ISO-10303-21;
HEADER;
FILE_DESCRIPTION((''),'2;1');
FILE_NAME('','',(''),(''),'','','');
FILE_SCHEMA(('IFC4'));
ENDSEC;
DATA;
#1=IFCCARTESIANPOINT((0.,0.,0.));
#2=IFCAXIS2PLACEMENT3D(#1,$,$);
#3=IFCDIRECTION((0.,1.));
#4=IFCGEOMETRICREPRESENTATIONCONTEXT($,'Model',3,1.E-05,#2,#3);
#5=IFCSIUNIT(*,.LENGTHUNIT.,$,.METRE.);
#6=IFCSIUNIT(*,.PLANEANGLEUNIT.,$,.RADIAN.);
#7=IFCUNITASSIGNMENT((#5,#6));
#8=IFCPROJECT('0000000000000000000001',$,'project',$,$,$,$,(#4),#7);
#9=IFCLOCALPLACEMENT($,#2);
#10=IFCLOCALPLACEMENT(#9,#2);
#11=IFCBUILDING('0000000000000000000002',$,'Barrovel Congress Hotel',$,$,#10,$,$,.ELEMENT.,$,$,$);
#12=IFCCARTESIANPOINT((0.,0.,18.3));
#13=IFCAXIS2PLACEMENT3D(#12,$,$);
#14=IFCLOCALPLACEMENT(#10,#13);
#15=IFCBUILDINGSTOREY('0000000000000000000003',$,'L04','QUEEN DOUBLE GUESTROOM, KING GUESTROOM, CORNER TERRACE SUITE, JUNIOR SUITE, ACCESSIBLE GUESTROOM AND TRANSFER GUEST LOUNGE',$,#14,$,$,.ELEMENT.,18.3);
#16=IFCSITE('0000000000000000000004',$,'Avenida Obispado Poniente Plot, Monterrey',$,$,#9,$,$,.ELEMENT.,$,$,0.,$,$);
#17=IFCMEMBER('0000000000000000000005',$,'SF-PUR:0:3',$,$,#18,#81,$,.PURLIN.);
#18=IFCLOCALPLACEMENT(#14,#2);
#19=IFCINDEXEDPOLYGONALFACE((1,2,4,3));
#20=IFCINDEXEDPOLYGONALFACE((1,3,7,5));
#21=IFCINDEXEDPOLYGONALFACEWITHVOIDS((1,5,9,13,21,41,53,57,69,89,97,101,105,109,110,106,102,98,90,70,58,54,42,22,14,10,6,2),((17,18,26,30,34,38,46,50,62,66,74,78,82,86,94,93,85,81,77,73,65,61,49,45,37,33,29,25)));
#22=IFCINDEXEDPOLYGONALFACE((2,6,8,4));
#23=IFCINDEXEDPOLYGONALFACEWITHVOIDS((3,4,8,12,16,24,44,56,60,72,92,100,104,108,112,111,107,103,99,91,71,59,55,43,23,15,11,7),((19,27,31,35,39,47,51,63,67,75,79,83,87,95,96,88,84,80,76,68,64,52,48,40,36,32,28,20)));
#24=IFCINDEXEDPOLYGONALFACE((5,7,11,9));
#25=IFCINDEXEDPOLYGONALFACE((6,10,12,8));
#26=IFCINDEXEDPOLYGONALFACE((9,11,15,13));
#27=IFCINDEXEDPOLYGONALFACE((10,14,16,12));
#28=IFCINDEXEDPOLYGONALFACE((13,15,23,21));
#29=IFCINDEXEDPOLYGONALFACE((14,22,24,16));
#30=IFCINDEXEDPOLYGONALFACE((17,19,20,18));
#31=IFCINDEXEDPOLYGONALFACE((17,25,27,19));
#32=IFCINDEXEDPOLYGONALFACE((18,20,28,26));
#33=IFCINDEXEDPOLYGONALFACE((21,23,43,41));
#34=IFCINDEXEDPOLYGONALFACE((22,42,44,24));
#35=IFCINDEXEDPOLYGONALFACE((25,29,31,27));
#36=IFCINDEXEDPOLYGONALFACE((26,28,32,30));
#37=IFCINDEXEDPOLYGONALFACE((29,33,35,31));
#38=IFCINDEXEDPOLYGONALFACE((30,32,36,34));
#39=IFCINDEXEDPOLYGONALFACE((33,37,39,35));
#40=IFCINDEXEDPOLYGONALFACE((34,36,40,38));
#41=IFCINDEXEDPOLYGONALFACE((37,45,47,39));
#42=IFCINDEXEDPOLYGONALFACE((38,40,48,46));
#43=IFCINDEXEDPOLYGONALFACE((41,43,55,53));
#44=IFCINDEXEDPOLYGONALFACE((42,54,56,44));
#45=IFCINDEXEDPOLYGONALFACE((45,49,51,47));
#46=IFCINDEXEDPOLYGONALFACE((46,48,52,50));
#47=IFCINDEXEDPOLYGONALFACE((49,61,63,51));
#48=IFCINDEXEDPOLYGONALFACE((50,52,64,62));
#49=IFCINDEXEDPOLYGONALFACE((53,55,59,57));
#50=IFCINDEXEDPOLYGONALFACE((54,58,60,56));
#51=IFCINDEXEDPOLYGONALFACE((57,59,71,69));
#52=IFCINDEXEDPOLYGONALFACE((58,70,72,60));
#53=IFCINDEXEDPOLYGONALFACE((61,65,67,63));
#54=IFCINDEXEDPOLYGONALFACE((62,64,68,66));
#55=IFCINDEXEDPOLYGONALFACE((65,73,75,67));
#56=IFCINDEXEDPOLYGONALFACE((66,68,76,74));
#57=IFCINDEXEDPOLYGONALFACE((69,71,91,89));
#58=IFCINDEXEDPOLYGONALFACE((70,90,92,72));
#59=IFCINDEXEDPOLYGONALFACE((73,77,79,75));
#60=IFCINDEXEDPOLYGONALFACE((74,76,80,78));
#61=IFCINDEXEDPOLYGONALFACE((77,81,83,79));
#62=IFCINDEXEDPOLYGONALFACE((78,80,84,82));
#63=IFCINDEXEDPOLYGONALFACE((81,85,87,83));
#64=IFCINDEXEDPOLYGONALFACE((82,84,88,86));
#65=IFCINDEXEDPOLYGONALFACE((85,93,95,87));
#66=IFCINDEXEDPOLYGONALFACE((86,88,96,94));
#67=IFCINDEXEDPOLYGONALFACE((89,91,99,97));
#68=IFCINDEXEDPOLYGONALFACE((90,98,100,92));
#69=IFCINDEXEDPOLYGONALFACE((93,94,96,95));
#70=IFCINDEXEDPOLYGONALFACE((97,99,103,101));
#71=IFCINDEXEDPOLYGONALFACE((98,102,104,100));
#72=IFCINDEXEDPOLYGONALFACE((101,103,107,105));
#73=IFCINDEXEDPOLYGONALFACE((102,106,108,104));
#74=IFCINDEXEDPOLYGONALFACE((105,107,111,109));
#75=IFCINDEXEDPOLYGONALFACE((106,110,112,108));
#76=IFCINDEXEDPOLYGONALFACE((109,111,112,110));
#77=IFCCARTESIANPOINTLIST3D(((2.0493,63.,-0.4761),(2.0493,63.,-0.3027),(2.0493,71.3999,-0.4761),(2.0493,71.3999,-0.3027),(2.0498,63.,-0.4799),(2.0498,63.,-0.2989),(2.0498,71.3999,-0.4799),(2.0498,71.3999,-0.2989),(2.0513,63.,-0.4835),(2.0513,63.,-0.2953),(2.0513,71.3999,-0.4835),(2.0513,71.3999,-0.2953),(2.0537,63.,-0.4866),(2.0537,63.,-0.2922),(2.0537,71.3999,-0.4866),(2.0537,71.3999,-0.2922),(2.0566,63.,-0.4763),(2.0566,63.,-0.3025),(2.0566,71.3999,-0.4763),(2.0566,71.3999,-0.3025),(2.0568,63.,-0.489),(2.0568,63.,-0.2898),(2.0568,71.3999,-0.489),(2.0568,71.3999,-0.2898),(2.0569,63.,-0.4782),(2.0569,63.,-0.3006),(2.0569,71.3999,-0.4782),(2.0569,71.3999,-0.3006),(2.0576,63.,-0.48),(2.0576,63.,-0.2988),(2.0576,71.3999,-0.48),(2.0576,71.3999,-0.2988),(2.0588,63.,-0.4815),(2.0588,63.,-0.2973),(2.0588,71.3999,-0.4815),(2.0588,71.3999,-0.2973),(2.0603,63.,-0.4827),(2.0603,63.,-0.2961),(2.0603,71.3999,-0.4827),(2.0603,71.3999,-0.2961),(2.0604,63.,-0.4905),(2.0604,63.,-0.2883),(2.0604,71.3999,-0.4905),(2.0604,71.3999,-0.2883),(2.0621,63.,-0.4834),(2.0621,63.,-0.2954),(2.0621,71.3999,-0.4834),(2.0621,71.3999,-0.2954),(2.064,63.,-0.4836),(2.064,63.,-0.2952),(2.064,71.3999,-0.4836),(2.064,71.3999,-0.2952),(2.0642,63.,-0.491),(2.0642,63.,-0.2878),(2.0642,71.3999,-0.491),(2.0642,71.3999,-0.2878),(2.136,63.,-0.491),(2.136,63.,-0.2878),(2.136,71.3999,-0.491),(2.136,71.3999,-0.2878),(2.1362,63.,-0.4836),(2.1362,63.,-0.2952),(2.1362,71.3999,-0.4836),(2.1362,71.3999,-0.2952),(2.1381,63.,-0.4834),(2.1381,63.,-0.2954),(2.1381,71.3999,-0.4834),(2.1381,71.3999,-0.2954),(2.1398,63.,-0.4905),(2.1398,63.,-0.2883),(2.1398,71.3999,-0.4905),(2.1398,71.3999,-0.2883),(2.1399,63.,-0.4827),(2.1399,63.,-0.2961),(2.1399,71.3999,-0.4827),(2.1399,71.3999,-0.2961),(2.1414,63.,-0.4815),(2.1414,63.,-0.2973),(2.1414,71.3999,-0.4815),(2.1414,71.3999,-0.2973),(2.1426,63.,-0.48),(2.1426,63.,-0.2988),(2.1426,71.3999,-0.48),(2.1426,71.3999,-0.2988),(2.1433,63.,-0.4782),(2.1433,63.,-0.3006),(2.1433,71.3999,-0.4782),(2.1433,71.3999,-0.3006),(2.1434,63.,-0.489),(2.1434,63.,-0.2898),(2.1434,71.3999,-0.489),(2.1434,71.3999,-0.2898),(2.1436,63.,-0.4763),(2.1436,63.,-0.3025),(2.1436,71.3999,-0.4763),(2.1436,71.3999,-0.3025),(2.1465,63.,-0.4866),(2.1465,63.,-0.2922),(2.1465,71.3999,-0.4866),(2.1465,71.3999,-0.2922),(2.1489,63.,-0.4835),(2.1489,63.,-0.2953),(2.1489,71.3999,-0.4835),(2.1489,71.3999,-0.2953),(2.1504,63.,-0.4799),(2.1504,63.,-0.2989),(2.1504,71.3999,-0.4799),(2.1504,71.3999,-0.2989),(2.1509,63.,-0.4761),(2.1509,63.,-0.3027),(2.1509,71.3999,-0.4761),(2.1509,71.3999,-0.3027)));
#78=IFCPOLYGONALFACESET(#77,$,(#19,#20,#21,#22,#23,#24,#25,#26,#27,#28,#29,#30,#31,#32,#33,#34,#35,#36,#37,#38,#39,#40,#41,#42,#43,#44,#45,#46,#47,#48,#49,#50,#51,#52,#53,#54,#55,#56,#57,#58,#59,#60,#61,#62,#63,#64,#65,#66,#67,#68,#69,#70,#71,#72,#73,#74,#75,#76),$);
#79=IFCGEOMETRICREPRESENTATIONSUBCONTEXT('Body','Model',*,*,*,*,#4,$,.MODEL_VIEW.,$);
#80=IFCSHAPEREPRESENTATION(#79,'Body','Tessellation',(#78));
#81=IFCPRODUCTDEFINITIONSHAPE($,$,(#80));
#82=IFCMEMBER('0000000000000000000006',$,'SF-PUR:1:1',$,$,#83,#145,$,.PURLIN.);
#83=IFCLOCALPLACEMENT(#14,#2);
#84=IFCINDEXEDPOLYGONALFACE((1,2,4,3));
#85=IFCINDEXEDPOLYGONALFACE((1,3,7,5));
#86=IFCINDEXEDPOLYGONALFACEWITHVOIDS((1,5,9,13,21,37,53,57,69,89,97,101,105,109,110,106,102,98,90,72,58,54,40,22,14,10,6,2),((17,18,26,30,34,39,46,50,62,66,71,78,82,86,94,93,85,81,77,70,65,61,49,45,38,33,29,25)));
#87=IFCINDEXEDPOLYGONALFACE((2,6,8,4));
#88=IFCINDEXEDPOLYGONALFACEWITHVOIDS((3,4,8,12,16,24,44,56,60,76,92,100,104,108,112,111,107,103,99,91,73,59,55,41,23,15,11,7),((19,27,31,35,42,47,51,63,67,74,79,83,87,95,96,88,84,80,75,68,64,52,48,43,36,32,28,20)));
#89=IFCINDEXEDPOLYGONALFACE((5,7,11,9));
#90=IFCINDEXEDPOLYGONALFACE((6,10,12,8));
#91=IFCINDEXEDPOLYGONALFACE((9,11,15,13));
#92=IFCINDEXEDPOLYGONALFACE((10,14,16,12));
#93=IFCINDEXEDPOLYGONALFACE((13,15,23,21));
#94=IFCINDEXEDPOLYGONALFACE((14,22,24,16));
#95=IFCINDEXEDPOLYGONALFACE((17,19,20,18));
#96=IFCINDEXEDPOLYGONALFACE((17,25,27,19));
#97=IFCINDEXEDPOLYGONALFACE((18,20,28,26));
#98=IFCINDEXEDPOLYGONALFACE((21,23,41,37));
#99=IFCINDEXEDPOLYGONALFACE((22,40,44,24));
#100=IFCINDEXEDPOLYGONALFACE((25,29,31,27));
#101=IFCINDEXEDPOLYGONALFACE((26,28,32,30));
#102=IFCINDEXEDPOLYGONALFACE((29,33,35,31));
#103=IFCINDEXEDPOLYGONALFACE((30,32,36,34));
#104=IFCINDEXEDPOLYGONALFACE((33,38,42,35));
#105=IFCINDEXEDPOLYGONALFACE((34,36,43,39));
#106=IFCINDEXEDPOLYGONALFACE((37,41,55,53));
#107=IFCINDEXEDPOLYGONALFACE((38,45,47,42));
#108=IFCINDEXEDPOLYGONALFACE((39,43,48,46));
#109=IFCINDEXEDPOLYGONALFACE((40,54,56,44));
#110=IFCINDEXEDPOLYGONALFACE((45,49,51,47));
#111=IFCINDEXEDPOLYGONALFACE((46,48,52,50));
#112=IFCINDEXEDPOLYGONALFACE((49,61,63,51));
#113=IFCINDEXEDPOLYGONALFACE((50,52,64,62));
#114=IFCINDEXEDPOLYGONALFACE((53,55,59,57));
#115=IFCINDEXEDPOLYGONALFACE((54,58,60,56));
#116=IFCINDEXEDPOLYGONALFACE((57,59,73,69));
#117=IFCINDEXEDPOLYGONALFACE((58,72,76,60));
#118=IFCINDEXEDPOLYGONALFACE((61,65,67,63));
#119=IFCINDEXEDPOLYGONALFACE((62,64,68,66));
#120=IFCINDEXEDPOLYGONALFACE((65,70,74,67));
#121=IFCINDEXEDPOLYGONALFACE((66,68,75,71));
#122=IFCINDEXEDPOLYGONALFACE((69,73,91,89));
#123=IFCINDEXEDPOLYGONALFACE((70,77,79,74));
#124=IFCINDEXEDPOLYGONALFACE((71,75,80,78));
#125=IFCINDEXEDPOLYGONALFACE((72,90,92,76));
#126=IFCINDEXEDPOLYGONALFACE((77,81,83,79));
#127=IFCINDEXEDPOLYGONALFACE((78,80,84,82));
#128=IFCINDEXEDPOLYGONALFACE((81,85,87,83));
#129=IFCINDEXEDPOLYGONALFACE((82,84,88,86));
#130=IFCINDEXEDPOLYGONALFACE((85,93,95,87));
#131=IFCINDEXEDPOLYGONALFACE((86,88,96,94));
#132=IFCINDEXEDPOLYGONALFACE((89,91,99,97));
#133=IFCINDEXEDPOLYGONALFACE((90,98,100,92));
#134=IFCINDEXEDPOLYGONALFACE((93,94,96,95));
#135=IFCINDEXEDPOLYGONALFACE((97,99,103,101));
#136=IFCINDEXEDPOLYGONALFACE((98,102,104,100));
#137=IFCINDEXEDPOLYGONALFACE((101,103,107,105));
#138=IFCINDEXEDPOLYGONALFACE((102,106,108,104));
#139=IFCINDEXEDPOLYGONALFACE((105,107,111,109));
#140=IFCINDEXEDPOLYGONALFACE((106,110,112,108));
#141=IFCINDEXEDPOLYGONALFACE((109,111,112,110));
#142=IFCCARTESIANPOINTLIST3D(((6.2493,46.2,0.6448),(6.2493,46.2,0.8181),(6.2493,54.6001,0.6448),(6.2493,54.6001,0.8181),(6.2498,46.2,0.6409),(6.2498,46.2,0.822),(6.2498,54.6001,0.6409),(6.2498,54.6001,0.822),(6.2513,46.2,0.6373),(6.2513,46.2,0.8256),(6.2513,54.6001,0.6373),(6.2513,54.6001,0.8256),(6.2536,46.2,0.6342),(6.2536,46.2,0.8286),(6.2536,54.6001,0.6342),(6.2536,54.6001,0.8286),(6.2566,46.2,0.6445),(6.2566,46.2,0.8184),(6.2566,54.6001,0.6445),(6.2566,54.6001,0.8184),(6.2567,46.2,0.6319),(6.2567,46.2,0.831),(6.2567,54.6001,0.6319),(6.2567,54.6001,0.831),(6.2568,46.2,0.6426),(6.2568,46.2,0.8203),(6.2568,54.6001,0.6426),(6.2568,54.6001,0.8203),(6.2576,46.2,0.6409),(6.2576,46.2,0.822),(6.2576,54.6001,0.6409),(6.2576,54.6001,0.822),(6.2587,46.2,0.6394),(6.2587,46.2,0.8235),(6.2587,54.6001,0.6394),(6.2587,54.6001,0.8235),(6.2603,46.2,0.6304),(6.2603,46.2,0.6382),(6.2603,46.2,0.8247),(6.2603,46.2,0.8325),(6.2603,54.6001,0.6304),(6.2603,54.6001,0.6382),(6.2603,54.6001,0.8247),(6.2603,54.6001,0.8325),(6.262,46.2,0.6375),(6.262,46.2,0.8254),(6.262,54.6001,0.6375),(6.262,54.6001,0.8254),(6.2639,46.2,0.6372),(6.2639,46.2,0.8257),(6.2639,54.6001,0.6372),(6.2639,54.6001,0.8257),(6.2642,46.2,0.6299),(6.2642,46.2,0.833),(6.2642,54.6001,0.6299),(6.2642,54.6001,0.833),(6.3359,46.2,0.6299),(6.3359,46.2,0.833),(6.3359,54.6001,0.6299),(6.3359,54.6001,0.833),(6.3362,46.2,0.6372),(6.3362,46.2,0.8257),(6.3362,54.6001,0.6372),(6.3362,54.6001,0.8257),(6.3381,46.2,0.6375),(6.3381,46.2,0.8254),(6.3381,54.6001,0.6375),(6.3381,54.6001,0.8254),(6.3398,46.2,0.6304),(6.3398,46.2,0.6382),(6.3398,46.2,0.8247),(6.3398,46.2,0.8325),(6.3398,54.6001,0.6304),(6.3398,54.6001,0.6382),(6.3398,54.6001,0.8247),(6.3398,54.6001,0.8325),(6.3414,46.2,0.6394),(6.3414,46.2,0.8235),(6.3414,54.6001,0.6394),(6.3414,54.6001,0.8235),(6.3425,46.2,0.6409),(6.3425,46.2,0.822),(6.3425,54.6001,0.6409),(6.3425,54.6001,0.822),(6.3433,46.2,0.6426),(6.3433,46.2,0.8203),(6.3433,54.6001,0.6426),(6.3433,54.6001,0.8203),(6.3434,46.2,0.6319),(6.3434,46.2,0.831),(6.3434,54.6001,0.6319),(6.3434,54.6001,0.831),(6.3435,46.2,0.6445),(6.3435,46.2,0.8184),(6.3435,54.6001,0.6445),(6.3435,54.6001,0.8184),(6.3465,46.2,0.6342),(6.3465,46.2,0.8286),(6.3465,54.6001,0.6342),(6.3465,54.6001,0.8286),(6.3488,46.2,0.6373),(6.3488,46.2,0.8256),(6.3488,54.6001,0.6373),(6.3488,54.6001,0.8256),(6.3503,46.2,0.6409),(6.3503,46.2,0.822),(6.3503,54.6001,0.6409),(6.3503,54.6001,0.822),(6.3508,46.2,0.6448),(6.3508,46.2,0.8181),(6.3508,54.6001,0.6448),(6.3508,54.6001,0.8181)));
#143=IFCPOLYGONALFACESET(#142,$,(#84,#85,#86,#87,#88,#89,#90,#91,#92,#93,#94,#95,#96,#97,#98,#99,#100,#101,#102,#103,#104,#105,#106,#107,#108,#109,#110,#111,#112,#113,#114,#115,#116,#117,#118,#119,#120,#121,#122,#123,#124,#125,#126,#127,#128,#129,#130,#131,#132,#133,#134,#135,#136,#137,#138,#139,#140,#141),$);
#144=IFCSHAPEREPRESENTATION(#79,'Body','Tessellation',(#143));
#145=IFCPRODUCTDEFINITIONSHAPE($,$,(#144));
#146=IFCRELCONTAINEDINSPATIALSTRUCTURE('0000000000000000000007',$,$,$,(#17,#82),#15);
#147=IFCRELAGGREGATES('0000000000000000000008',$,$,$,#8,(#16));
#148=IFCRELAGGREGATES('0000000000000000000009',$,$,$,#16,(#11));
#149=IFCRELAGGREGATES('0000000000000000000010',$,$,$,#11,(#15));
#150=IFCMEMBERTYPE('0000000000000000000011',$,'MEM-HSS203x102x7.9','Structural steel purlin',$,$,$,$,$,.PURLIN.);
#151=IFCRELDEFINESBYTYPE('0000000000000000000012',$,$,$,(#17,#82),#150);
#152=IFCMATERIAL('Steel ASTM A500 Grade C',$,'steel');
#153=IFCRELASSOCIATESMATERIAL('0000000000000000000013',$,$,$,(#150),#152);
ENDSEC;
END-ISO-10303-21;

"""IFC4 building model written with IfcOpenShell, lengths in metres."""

from ifc_helpers import new_model, si_unit, direction, frame, origin, origin_2d, place, context, subcontext, project, spatial, hollow_rectangle, extrude, material, material_profile, profile_set, type_object, element, save


model = new_model("IFC4")

# Units and contexts
model_context = context("Model", 3, precision=1e-05, world=origin(), true_north=direction((0.0, 1.0)))
body_context = subcontext(model_context, "Body", "Model", "MODEL_VIEW")
ifc_project = project(units=[si_unit("LENGTHUNIT", "METRE"), si_unit("PLANEANGLEUNIT", "RADIAN")], contexts=[model_context])

# Site, building, storey
site_placement = place(None, origin())
site = spatial("IfcSite", under=ifc_project, at=site_placement, Name="Avenida Obispado Poniente Plot, Monterrey", CompositionType="ELEMENT", RefElevation=0.0)
building_placement = place(site_placement, origin())
building = spatial("IfcBuilding", under=site, at=building_placement, Name="Barrovel Congress Hotel", CompositionType="ELEMENT")
storey_placement = place(building_placement, frame((0.0, 0.0, 18.3)))
storey = spatial("IfcBuildingStorey", under=building, at=storey_placement, Name="L04", Description="QUEEN DOUBLE GUESTROOM, KING GUESTROOM, CORNER TERRACE SUITE, JUNIOR SUITE, ACCESSIBLE GUESTROOM AND TRANSFER GUEST LOUNGE", CompositionType="ELEMENT", Elevation=18.3)

# Members
ifc_material_1 = material(Name="Steel ASTM A500 Grade C", Category="steel")
ifc_material_profile_1 = material_profile(ifc_material_1, hollow_rectangle(XDim=0.1016, YDim=0.2031, WallThickness=0.0073, InnerFilletRadius=0.0073, OuterFilletRadius=0.0149, at=origin_2d()), Name="HSS203x102x7.9")
ifc_profile_set_1 = profile_set([ifc_material_profile_1], Name="Steel ASTM A500 Grade C")
member_type_1 = type_object("IfcMemberType", Name="MEM-HSS203x102x7.9", Description="Structural steel purlin", PredefinedType="PURLIN", material=ifc_profile_set_1)
for number, where, z_axis, x_axis, name in (
    (1, (2.1001, 63.0, -0.3894), (0.0, 1.0, 0.0), (-1.0, 0.0, 0.0), "SF-PUR:0:3"),
):
    element("IfcMember", number, at=place(storey_placement, frame(where, z_axis=z_axis, x_axis=x_axis)), inside=storey, type_object=member_type_1, Name=name, PredefinedType="PURLIN", context=body_context, shape_type="SweptSolid", body=[
        extrude(hollow_rectangle(XDim=0.1016, YDim=0.2031, WallThickness=0.0073, InnerFilletRadius=0.0073, OuterFilletRadius=0.0149, at=origin_2d()), origin(), (0.0, 0.0, 1.0), 8.3999),
    ])
member_1_placement = place(storey_placement, frame((6.3, 46.2, 0.7314), z_axis=(0.0, 1.0, 0.0), x_axis=(-1.0, 0.0, 0.0)))
element("IfcMember", 2, at=member_1_placement, inside=storey, type_object=member_type_1, Name="SF-PUR:1:1", PredefinedType="PURLIN", context=body_context, shape_type="SweptSolid", body=[
    extrude(hollow_rectangle(XDim=0.1016, YDim=0.2031, WallThickness=0.0073, InnerFilletRadius=0.0073, OuterFilletRadius=0.0149, at=origin_2d()), origin(), (0.0, 0.0, 1.0), 8.4001),
])

save(model, "model.ifc")
